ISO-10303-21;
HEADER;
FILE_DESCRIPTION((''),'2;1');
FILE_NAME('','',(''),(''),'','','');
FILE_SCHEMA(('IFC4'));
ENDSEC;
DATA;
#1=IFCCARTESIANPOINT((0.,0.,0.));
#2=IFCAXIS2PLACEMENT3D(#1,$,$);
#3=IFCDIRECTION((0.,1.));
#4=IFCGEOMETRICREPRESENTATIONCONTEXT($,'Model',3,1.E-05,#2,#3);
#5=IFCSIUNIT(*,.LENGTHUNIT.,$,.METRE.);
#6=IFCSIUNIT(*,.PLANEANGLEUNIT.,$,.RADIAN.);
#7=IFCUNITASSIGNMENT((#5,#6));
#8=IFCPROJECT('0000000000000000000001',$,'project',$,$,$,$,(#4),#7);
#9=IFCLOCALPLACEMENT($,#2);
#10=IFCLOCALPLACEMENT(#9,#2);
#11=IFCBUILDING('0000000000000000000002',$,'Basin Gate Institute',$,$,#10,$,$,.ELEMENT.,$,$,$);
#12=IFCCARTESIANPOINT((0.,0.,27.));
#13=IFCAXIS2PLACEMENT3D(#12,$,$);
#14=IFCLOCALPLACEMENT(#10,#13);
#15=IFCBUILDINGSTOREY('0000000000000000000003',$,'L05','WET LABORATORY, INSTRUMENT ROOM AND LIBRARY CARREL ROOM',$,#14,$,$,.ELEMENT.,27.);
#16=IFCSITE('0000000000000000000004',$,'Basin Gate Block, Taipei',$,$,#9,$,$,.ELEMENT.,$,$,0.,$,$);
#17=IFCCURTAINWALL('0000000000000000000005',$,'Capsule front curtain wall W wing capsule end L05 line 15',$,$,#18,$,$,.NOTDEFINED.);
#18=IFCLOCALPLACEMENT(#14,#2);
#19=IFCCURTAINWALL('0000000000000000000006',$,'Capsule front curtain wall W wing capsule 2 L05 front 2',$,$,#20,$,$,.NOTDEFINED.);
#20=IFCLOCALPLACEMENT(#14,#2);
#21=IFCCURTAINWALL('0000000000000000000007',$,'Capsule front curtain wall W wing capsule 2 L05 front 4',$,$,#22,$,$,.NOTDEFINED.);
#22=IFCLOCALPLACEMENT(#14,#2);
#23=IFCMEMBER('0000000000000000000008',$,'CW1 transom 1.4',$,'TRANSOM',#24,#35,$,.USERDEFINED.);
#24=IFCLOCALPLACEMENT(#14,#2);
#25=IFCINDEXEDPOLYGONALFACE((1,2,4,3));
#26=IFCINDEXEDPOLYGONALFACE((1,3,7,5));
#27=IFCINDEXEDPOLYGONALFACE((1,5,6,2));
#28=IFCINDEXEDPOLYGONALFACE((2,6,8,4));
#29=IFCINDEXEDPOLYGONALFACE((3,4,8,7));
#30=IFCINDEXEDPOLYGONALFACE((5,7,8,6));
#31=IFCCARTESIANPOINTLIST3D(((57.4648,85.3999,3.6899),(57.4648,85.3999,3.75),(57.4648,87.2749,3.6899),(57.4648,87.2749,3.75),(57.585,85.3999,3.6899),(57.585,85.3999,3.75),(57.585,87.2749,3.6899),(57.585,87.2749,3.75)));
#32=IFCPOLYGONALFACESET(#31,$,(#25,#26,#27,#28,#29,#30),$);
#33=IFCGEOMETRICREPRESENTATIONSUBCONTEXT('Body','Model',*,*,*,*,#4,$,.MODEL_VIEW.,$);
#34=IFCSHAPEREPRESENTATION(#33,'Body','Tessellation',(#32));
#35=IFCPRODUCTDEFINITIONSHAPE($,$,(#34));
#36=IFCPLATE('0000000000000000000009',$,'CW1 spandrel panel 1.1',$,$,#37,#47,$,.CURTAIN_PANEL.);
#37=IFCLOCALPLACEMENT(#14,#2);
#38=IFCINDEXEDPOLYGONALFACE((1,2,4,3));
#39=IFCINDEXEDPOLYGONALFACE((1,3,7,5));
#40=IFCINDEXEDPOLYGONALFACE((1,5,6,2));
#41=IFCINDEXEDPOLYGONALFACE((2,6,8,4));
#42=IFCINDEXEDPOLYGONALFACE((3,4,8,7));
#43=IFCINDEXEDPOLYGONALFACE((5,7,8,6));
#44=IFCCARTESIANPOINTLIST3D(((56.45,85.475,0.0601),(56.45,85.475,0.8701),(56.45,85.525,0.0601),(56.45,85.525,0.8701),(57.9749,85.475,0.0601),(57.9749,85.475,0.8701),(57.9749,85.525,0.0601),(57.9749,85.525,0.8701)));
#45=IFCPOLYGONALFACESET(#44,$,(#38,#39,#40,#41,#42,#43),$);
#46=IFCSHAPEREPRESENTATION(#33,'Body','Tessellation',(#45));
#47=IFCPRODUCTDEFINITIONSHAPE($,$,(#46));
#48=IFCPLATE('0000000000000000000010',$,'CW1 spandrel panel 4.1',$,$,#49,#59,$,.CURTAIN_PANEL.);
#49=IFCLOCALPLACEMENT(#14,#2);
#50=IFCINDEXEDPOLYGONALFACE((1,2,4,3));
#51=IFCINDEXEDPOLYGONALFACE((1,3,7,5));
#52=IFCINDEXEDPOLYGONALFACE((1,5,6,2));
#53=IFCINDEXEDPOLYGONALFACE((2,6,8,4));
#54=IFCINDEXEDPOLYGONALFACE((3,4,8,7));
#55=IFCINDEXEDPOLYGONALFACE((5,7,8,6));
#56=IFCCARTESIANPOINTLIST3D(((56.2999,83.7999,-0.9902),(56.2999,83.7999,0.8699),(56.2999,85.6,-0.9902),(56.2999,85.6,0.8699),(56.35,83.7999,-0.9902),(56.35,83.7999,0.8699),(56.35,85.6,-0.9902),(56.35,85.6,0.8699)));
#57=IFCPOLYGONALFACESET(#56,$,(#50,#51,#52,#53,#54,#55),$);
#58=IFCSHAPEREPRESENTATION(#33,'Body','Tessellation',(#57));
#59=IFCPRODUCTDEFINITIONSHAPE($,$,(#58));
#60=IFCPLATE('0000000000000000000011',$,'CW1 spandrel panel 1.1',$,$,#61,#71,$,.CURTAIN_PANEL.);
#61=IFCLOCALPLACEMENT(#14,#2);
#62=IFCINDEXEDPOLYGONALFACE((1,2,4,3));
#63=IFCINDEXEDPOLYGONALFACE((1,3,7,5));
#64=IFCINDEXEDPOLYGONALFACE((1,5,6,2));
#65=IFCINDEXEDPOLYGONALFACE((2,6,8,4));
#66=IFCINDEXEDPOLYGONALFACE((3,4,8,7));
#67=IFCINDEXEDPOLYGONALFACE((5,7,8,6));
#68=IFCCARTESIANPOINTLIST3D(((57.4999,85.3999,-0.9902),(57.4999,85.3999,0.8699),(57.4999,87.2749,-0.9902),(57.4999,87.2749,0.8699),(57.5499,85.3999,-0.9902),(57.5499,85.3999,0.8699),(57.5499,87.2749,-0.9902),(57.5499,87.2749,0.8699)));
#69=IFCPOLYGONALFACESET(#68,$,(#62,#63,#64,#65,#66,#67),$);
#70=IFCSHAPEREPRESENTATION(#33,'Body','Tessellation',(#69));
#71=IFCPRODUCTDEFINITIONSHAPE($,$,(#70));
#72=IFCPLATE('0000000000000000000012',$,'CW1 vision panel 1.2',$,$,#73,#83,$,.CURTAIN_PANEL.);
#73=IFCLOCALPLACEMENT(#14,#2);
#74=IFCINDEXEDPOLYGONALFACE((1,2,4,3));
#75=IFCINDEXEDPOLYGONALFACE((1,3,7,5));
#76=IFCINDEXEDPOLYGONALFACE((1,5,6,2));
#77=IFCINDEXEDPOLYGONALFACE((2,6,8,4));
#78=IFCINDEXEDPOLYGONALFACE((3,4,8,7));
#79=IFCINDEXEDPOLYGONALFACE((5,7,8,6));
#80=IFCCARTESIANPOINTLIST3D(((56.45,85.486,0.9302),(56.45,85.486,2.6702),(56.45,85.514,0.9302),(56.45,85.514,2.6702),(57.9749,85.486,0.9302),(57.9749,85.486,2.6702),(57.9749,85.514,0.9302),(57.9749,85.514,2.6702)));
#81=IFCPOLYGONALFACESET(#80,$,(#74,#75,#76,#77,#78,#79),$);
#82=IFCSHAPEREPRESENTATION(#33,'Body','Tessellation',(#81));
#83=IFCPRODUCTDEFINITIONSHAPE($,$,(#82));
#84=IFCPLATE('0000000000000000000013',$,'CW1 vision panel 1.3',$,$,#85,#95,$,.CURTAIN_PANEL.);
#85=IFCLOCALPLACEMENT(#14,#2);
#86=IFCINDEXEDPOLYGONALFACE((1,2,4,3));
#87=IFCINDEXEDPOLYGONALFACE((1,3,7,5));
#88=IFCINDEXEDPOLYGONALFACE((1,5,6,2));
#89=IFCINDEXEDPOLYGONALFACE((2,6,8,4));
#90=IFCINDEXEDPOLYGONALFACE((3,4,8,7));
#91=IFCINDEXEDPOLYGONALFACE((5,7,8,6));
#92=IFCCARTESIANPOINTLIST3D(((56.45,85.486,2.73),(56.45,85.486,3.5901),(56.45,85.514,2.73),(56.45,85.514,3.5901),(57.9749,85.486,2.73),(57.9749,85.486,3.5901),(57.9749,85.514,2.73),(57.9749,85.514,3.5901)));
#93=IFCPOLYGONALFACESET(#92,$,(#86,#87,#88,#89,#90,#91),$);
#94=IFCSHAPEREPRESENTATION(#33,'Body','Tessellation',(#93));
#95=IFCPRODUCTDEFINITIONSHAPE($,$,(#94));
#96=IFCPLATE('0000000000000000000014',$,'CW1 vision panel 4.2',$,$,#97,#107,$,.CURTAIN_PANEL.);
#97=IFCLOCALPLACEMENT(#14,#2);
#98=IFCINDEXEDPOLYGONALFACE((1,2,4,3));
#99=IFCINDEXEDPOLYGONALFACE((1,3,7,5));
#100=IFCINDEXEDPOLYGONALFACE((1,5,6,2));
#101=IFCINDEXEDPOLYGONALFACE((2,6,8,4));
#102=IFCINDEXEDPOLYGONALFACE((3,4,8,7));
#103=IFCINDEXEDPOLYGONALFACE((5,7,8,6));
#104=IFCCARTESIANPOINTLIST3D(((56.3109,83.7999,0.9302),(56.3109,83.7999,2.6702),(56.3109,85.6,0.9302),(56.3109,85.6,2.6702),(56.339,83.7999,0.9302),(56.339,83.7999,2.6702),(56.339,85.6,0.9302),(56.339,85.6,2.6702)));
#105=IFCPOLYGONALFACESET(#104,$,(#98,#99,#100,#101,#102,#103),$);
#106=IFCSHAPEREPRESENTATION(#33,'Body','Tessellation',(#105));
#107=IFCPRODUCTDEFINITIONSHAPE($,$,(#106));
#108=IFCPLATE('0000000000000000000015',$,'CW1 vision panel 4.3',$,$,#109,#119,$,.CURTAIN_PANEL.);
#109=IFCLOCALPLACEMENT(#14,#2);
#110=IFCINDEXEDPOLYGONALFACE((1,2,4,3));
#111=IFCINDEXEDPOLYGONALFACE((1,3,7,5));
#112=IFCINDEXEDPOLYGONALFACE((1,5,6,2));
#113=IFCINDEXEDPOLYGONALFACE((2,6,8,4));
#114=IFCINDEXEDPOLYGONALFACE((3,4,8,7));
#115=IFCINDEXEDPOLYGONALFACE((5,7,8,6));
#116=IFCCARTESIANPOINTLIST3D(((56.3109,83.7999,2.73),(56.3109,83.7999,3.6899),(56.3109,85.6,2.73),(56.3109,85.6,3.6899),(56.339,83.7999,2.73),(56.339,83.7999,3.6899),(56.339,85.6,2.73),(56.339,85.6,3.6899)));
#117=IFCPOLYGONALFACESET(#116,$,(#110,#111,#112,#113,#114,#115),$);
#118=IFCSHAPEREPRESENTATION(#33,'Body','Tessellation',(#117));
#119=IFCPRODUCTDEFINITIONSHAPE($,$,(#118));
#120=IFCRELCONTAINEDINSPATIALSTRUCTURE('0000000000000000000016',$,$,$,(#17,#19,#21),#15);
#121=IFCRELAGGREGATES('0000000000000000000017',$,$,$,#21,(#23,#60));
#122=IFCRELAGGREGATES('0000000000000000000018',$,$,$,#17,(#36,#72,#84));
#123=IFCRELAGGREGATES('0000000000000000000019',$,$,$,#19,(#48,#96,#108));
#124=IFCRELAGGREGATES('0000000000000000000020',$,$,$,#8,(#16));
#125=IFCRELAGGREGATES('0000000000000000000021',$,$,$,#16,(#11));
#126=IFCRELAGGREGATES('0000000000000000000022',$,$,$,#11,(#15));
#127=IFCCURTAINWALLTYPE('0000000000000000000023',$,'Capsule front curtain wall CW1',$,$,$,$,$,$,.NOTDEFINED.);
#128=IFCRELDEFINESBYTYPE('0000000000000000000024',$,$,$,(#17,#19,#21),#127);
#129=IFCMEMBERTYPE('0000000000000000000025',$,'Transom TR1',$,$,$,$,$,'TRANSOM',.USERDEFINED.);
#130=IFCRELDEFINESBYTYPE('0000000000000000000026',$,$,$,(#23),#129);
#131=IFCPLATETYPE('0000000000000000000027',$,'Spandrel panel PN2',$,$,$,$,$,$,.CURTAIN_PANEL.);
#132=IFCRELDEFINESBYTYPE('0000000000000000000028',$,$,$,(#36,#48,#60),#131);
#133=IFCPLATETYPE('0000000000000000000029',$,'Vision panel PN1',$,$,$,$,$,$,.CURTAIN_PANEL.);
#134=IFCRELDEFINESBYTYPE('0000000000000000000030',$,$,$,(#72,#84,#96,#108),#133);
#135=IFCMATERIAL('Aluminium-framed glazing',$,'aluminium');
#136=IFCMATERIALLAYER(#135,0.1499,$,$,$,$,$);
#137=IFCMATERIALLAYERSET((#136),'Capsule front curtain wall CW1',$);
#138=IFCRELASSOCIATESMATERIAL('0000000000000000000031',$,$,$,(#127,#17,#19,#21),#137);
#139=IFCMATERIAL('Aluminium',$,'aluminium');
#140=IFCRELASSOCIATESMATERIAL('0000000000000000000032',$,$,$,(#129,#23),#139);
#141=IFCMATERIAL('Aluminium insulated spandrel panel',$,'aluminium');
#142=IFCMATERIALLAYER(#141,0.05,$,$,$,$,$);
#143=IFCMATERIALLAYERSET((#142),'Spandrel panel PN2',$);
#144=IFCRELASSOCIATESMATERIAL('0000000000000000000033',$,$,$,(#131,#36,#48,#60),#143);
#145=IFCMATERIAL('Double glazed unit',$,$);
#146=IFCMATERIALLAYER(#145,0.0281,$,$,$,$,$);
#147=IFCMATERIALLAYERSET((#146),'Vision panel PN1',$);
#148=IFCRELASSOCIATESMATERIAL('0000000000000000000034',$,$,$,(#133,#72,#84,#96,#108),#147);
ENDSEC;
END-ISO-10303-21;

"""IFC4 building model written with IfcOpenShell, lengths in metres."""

from ifc_helpers import new_model, si_unit, direction, frame, origin, origin_2d, place, context, subcontext, project, spatial, rectangle, extrude, material, layer, layer_set, material_profile, profile_set, type_object, element, aggregate, save


model = new_model("IFC4")

# Units and contexts
model_context = context("Model", 3, precision=1e-05, world=origin(), true_north=direction((0.0, 1.0)))
body_context = subcontext(model_context, "Body", "Model", "MODEL_VIEW")
ifc_project = project(units=[si_unit("LENGTHUNIT", "METRE"), si_unit("PLANEANGLEUNIT", "RADIAN")], contexts=[model_context])

# Site, building, storey
site_placement = place(None, origin())
site = spatial("IfcSite", under=ifc_project, at=site_placement, Name="Basin Gate Block, Taipei", CompositionType="ELEMENT", RefElevation=0.0)
building_placement = place(site_placement, origin())
building = spatial("IfcBuilding", under=site, at=building_placement, Name="Basin Gate Institute", CompositionType="ELEMENT")
storey_placement = place(building_placement, frame((0.0, 0.0, 27.0)))
storey = spatial("IfcBuildingStorey", under=building, at=storey_placement, Name="L05", Description="WET LABORATORY, INSTRUMENT ROOM AND LIBRARY CARREL ROOM", CompositionType="ELEMENT", Elevation=27.0)

# Curtain walls
ifc_material_1 = material(Name="Aluminium-framed glazing", Category="aluminium")
ifc_layer_1 = layer(ifc_material_1, 0.1499)
ifc_layer_set_1 = layer_set([ifc_layer_1], Name="Capsule front curtain wall CW1")
curtain_wall_type = type_object("IfcCurtainWallType", Name="Capsule front curtain wall CW1", PredefinedType="NOTDEFINED", material=ifc_layer_set_1)
curtain_wall_1_placement = place(storey_placement, origin())
curtain_wall_1 = element("IfcCurtainWall", 1, at=curtain_wall_1_placement, inside=storey, type_object=curtain_wall_type, material=ifc_layer_set_1, Name="Capsule front curtain wall W wing capsule end L05 line 15", PredefinedType="NOTDEFINED")
curtain_wall_2_placement = place(storey_placement, origin())
curtain_wall_2 = element("IfcCurtainWall", 2, at=curtain_wall_2_placement, inside=storey, type_object=curtain_wall_type, material=ifc_layer_set_1, Name="Capsule front curtain wall W wing capsule 2 L05 front 2", PredefinedType="NOTDEFINED")
curtain_wall_3_placement = place(storey_placement, origin())
curtain_wall_3 = element("IfcCurtainWall", 3, at=curtain_wall_3_placement, inside=storey, type_object=curtain_wall_type, material=ifc_layer_set_1, Name="Capsule front curtain wall W wing capsule 2 L05 front 4", PredefinedType="NOTDEFINED")

# Member
ifc_material_2 = material(Name="Aluminium", Category="aluminium")
ifc_material_profile_1 = material_profile(ifc_material_2, rectangle(XDim=0.1201, YDim=0.0601, at=origin_2d()), Name="Transom TR1 120 x 60")
ifc_profile_set_1 = profile_set([ifc_material_profile_1], Name="Aluminium")
member_type_1 = type_object("IfcMemberType", Name="Transom TR1", ElementType="TRANSOM", PredefinedType="USERDEFINED", material=ifc_profile_set_1)
member_1_placement = place(storey_placement, frame((57.5249, 85.3999, 3.72), z_axis=(0.0, 1.0, 0.0), x_axis=(-1.0, 0.0, 0.0)))
member_1 = element("IfcMember", 4, at=member_1_placement, type_object=member_type_1, material=ifc_profile_set_1, Name="CW1 transom 1.4", ObjectType="TRANSOM", PredefinedType="USERDEFINED", context=body_context, shape_type="SweptSolid", body=[
    extrude(rectangle(XDim=0.1201, YDim=0.0601, at=origin_2d()), origin(), (0.0, 0.0, 1.0), 1.875),
])

# Plates
ifc_material_3 = material(Name="Aluminium insulated spandrel panel", Category="aluminium")
ifc_layer_2 = layer(ifc_material_3, 0.05)
ifc_layer_set_2 = layer_set([ifc_layer_2], Name="Spandrel panel PN2")
plate_type_1 = type_object("IfcPlateType", Name="Spandrel panel PN2", PredefinedType="CURTAIN_PANEL", material=ifc_layer_set_2)
plate_1_placement = place(storey_placement, frame((57.2124, 85.5, 0.0601), z_axis=(0.0, 0.0, 1.0), x_axis=(1.0, 0.0, 0.0)))
plate_1 = element("IfcPlate", 5, at=plate_1_placement, type_object=plate_type_1, material=ifc_layer_set_2, Name="CW1 spandrel panel 1.1", PredefinedType="CURTAIN_PANEL", context=body_context, shape_type="SweptSolid", body=[
    extrude(rectangle(XDim=1.5249, YDim=0.05, at=origin_2d()), origin(), (0.0, 0.0, 1.0), 0.8101),
])
plate_2_placement = place(storey_placement, frame((56.325, 84.7, -0.9902), z_axis=(0.0, 0.0, 1.0), x_axis=(0.0, 1.0, 0.0)))
plate_2 = element("IfcPlate", 6, at=plate_2_placement, type_object=plate_type_1, material=ifc_layer_set_2, Name="CW1 spandrel panel 4.1", PredefinedType="CURTAIN_PANEL", context=body_context, shape_type="SweptSolid", body=[
    extrude(rectangle(XDim=1.8, YDim=0.05, at=origin_2d()), origin(), (0.0, 0.0, 1.0), 1.8601),
])
plate_3_placement = place(storey_placement, frame((57.5249, 86.3374, -0.9902), z_axis=(0.0, 0.0, 1.0), x_axis=(0.0, 1.0, 0.0)))
plate_3 = element("IfcPlate", 7, at=plate_3_placement, type_object=plate_type_1, material=ifc_layer_set_2, Name="CW1 spandrel panel 1.1", PredefinedType="CURTAIN_PANEL", context=body_context, shape_type="SweptSolid", body=[
    extrude(rectangle(XDim=1.875, YDim=0.05, at=origin_2d()), origin(), (0.0, 0.0, 1.0), 1.8601),
])
aggregate(curtain_wall_3, [member_1, plate_3])
ifc_material_4 = material(Name="Double glazed unit")
ifc_layer_3 = layer(ifc_material_4, 0.0281)
ifc_layer_set_3 = layer_set([ifc_layer_3], Name="Vision panel PN1")
plate_type_2 = type_object("IfcPlateType", Name="Vision panel PN1", PredefinedType="CURTAIN_PANEL", material=ifc_layer_set_3)
plate_4_placement = place(storey_placement, frame((57.2124, 85.5, 0.9302), z_axis=(0.0, 0.0, 1.0), x_axis=(1.0, 0.0, 0.0)))
plate_4 = element("IfcPlate", 8, at=plate_4_placement, type_object=plate_type_2, material=ifc_layer_set_3, Name="CW1 vision panel 1.2", PredefinedType="CURTAIN_PANEL", context=body_context, shape_type="SweptSolid", body=[
    extrude(rectangle(XDim=1.5249, YDim=0.0281, at=origin_2d()), origin(), (0.0, 0.0, 1.0), 1.74),
])
plate_5_placement = place(storey_placement, frame((57.2124, 85.5, 2.73), z_axis=(0.0, 0.0, 1.0), x_axis=(1.0, 0.0, 0.0)))
plate_5 = element("IfcPlate", 9, at=plate_5_placement, type_object=plate_type_2, material=ifc_layer_set_3, Name="CW1 vision panel 1.3", PredefinedType="CURTAIN_PANEL", context=body_context, shape_type="SweptSolid", body=[
    extrude(rectangle(XDim=1.5249, YDim=0.0281, at=origin_2d()), origin(), (0.0, 0.0, 1.0), 0.8601),
])
aggregate(curtain_wall_1, [plate_1, plate_4, plate_5])
plate_6_placement = place(storey_placement, frame((56.325, 84.7, 0.9302), z_axis=(0.0, 0.0, 1.0), x_axis=(0.0, 1.0, 0.0)))
plate_6 = element("IfcPlate", 10, at=plate_6_placement, type_object=plate_type_2, material=ifc_layer_set_3, Name="CW1 vision panel 4.2", PredefinedType="CURTAIN_PANEL", context=body_context, shape_type="SweptSolid", body=[
    extrude(rectangle(XDim=1.8, YDim=0.0281, at=origin_2d()), origin(), (0.0, 0.0, 1.0), 1.74),
])
plate_7_placement = place(storey_placement, frame((56.325, 84.7, 2.73), z_axis=(0.0, 0.0, 1.0), x_axis=(0.0, 1.0, 0.0)))
plate_7 = element("IfcPlate", 11, at=plate_7_placement, type_object=plate_type_2, material=ifc_layer_set_3, Name="CW1 vision panel 4.3", PredefinedType="CURTAIN_PANEL", context=body_context, shape_type="SweptSolid", body=[
    extrude(rectangle(XDim=1.8, YDim=0.0281, at=origin_2d()), origin(), (0.0, 0.0, 1.0), 0.96),
])
aggregate(curtain_wall_2, [plate_2, plate_6, plate_7])

save(model, "model.ifc")
